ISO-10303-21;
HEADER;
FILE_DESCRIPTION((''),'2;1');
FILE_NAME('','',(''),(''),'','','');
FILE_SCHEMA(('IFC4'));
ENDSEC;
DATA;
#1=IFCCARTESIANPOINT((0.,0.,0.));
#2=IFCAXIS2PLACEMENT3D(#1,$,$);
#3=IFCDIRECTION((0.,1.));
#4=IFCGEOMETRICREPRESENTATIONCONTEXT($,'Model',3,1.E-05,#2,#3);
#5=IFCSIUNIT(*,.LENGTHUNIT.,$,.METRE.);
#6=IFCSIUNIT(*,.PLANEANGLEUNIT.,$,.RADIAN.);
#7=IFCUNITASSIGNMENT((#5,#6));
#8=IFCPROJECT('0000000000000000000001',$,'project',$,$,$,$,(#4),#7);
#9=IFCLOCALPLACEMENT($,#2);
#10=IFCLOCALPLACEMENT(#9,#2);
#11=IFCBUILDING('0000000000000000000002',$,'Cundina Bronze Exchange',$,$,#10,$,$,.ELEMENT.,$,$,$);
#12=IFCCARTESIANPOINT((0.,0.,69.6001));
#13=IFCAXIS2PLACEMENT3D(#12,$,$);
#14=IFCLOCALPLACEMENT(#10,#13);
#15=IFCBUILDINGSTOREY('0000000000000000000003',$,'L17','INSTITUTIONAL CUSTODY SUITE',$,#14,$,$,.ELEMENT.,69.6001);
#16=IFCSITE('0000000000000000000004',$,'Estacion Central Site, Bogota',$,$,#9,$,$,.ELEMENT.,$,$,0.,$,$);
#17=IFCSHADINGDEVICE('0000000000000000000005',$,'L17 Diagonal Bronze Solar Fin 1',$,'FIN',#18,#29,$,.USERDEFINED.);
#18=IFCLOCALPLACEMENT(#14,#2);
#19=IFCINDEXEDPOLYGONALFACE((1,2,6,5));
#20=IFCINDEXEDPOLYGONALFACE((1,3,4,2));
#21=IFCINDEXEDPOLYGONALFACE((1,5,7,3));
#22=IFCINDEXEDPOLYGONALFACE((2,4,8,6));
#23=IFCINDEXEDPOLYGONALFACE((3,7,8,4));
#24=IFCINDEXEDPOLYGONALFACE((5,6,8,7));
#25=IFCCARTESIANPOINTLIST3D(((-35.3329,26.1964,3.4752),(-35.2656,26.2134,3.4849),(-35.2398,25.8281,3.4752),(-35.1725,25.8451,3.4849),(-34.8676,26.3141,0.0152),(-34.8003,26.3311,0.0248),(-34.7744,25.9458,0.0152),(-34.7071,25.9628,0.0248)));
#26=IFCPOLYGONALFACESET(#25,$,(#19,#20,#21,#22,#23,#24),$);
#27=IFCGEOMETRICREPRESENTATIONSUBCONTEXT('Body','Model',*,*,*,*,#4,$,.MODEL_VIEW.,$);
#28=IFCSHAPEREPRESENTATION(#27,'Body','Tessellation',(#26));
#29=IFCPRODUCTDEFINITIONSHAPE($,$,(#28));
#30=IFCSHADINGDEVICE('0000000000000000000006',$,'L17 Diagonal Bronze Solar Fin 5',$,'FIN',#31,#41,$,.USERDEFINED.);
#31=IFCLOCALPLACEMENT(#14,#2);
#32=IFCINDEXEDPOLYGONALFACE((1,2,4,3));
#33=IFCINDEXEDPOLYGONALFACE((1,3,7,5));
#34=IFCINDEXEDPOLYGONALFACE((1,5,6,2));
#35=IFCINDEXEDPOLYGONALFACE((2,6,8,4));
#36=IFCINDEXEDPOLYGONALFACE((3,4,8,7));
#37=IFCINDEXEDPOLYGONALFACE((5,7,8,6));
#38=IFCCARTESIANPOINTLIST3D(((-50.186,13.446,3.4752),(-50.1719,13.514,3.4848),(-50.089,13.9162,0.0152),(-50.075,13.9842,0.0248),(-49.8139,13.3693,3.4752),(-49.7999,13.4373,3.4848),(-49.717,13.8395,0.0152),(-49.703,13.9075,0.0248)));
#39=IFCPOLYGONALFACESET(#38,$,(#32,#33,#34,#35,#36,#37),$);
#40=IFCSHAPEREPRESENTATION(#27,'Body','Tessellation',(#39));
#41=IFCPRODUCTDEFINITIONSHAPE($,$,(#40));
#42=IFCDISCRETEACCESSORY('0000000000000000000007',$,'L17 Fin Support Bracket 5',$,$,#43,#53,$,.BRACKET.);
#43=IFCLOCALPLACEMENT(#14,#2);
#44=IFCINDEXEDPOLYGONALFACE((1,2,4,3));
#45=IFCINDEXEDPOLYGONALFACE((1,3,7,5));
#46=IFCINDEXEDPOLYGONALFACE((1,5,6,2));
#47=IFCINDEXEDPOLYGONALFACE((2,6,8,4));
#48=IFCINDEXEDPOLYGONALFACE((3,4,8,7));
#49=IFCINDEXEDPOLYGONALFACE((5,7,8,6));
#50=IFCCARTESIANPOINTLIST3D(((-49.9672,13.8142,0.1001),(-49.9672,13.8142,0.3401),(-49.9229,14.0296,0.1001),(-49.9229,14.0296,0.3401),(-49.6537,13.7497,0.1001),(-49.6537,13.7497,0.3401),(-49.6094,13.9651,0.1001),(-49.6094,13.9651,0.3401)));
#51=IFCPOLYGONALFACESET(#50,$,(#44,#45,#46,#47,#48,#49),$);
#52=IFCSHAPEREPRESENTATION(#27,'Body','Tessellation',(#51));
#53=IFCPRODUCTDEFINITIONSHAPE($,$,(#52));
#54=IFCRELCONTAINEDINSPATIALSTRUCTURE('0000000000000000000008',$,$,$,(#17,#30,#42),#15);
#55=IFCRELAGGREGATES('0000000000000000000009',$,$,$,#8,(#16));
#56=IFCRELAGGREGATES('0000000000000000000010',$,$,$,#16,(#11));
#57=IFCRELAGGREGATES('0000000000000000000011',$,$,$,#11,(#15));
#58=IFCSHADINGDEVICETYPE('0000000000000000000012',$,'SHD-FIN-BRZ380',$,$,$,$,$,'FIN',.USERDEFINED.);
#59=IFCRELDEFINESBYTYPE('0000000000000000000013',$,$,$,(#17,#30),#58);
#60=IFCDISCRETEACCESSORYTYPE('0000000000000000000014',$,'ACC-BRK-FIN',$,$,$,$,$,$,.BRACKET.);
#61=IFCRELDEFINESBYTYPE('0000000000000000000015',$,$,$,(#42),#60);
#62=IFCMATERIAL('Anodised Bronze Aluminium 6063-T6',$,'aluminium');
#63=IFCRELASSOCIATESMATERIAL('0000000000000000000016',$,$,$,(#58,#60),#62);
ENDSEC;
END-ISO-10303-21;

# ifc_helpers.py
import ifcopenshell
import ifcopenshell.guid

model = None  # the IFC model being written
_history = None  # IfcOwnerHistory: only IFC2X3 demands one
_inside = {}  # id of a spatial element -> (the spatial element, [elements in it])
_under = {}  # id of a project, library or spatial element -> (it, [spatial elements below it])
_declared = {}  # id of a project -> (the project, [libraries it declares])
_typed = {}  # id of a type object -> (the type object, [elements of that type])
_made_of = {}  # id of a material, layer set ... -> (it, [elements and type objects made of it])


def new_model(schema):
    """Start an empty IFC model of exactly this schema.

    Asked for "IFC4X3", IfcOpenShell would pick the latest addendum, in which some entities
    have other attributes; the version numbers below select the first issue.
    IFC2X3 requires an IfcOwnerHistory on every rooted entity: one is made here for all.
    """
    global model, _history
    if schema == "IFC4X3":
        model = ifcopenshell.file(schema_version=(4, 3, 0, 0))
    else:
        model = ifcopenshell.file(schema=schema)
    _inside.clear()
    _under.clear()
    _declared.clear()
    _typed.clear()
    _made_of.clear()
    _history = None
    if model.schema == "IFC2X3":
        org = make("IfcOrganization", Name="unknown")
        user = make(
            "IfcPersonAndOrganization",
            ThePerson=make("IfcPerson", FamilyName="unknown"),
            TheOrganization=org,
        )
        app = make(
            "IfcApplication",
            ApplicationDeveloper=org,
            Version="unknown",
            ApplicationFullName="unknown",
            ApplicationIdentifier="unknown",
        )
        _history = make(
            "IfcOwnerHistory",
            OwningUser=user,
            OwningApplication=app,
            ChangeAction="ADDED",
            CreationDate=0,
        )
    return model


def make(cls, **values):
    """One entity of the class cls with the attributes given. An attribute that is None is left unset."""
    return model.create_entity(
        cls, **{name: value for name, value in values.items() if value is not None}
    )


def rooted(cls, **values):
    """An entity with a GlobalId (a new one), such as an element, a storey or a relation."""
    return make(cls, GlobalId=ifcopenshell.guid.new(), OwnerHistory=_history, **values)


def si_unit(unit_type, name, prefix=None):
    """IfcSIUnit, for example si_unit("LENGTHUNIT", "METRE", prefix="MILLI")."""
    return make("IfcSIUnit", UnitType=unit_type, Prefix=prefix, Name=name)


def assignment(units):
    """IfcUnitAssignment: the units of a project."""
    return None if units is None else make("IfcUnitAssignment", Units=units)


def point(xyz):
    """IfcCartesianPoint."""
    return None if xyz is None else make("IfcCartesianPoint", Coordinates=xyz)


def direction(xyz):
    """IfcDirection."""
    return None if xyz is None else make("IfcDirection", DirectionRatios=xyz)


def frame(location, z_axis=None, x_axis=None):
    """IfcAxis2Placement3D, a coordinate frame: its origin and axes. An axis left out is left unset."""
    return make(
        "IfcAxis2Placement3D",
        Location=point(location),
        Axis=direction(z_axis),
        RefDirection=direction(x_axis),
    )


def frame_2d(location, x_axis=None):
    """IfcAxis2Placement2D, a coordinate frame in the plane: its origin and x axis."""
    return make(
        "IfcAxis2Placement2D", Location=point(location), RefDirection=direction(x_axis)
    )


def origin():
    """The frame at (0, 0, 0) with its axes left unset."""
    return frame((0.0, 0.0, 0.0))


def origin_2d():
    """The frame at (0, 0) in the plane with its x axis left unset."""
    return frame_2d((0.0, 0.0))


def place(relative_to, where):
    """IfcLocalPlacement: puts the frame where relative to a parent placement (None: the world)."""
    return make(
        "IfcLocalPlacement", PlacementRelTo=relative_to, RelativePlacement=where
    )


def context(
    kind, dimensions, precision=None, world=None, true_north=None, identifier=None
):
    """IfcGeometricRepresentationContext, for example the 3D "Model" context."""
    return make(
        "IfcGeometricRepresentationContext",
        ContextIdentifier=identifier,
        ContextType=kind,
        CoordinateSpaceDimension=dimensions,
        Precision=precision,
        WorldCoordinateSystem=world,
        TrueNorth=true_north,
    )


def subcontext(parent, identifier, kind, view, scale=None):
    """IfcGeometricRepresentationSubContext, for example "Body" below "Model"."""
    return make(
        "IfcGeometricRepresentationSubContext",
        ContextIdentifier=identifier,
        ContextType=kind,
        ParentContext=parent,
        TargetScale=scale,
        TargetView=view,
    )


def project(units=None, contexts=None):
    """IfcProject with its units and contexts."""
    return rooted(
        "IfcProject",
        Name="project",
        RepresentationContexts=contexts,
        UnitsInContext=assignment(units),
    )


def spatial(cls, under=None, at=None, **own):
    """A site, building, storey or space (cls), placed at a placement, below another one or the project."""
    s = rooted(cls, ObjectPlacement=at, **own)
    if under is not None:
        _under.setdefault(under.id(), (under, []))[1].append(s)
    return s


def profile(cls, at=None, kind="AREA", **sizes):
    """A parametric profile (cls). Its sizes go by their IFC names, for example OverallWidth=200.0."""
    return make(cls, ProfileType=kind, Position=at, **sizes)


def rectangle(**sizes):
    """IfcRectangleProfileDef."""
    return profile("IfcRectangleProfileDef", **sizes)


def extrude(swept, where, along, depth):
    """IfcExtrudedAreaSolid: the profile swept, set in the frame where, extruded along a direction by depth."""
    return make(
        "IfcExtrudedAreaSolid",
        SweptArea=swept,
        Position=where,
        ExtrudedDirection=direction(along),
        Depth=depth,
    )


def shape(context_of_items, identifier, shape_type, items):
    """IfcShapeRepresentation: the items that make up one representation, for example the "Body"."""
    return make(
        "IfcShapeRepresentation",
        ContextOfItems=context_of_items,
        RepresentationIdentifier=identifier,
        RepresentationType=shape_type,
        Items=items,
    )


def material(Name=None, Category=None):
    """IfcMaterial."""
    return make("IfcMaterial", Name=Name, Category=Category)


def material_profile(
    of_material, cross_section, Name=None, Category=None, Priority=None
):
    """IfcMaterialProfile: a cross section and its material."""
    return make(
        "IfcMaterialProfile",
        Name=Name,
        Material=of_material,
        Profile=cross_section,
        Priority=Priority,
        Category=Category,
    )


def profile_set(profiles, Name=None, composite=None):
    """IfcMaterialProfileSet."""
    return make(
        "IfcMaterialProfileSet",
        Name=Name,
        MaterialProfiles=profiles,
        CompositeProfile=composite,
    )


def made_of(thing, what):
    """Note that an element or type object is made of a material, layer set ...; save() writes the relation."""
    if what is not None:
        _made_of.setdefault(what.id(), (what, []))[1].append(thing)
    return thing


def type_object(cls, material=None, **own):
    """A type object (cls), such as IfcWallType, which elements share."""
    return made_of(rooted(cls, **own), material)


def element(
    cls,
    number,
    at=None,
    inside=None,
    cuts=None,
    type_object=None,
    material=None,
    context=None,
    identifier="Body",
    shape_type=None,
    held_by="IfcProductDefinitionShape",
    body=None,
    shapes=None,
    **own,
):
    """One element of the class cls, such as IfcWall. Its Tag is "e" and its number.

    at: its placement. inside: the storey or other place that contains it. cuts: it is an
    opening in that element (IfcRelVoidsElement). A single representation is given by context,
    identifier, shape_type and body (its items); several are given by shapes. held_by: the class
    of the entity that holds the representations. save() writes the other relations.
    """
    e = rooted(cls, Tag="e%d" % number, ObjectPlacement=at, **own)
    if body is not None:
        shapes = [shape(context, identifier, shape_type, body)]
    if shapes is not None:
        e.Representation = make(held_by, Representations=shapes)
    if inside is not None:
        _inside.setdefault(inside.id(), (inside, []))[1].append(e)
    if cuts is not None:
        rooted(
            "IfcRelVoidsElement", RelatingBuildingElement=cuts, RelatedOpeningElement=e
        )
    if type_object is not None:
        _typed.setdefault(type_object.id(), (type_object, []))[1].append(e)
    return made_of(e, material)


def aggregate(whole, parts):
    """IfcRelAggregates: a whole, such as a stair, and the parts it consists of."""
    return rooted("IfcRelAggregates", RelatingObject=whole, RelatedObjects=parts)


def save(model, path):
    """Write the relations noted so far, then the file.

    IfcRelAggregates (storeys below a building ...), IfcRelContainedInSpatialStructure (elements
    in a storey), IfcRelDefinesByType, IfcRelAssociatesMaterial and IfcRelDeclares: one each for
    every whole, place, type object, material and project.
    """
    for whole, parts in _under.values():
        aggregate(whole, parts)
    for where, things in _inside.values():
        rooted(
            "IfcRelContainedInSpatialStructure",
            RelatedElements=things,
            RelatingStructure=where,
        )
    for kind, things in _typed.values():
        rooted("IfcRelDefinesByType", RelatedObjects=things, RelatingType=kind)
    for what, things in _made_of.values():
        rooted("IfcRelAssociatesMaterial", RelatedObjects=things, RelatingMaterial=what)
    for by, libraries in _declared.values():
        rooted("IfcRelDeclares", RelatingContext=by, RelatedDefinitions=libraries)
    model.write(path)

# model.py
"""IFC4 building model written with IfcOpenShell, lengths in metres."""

from ifc_helpers import new_model, si_unit, direction, frame, origin, origin_2d, place, context, subcontext, project, spatial, rectangle, extrude, material, material_profile, profile_set, type_object, element, save


model = new_model("IFC4")

# Units and contexts
model_context = context("Model", 3, precision=1e-05, world=origin(), true_north=direction((0.0, 1.0)))
body_context = subcontext(model_context, "Body", "Model", "MODEL_VIEW")
ifc_project = project(units=[si_unit("LENGTHUNIT", "METRE"), si_unit("PLANEANGLEUNIT", "RADIAN")], contexts=[model_context])

# Site, building, storey
site_placement = place(None, origin())
site = spatial("IfcSite", under=ifc_project, at=site_placement, Name="Estacion Central Site, Bogota", CompositionType="ELEMENT", RefElevation=0.0)
building_placement = place(site_placement, origin())
building = spatial("IfcBuilding", under=site, at=building_placement, Name="Cundina Bronze Exchange", CompositionType="ELEMENT")
storey_placement = place(building_placement, frame((0.0, 0.0, 69.6001)))
storey = spatial("IfcBuildingStorey", under=building, at=storey_placement, Name="L17", Description="INSTITUTIONAL CUSTODY SUITE", CompositionType="ELEMENT", Elevation=69.6001)

# Shared definitions
ifc_material_1 = material(Name="Anodised Bronze Aluminium 6063-T6", Category="aluminium")

# Shading devices
ifc_material_profile_1 = material_profile(ifc_material_1, rectangle(XDim=0.0701, YDim=0.3799, at=origin_2d()), Name="FIN70X380", Category="aluminium")
ifc_profile_set_1 = profile_set([ifc_material_profile_1], Name="Anodised Bronze Aluminium 6063-T6")
shading_device_type = type_object("IfcShadingDeviceType", Name="SHD-FIN-BRZ380", ElementType="FIN", PredefinedType="USERDEFINED", material=ifc_profile_set_1)
for number, where, z_axis, x_axis, name in (
    (1, (-34.7874, 26.1384, 0.02), (-0.133215, -0.033688, 0.990514), (0.960285, 0.242842, 0.137408), "L17 Diagonal Bronze Solar Fin 1"),
    (2, (-49.896, 13.9119, 0.02), (-0.027747, -0.134612, 0.99051), (0.199967, 0.970115, 0.137442), "L17 Diagonal Bronze Solar Fin 5"),
):
    element("IfcShadingDevice", number, at=place(storey_placement, frame(where, z_axis=z_axis, x_axis=x_axis)), inside=storey, type_object=shading_device_type, Name=name, ObjectType="FIN", PredefinedType="USERDEFINED", context=body_context, shape_type="SweptSolid", body=[
        extrude(rectangle(XDim=0.0701, YDim=0.3799, at=origin_2d()), origin(), (0.0, 0.0, 1.0), 3.4932),
    ])

# Discrete accessory
discrete_accessory_type = type_object("IfcDiscreteAccessoryType", Name="ACC-BRK-FIN", PredefinedType="BRACKET", material=ifc_material_1)
discrete_accessory_placement = place(storey_placement, frame((-49.7883, 13.8896, 0.1001), z_axis=(0.0, 0.0, 1.0), x_axis=(-0.20142, -0.979505, 0.0)))
element("IfcDiscreteAccessory", 3, at=discrete_accessory_placement, inside=storey, type_object=discrete_accessory_type, Name="L17 Fin Support Bracket 5", PredefinedType="BRACKET", context=body_context, shape_type="SweptSolid", body=[
    extrude(rectangle(XDim=0.22, YDim=0.3201, at=origin_2d()), origin(), (0.0, 0.0, 1.0), 0.24),
])

save(model, "model.ifc")
